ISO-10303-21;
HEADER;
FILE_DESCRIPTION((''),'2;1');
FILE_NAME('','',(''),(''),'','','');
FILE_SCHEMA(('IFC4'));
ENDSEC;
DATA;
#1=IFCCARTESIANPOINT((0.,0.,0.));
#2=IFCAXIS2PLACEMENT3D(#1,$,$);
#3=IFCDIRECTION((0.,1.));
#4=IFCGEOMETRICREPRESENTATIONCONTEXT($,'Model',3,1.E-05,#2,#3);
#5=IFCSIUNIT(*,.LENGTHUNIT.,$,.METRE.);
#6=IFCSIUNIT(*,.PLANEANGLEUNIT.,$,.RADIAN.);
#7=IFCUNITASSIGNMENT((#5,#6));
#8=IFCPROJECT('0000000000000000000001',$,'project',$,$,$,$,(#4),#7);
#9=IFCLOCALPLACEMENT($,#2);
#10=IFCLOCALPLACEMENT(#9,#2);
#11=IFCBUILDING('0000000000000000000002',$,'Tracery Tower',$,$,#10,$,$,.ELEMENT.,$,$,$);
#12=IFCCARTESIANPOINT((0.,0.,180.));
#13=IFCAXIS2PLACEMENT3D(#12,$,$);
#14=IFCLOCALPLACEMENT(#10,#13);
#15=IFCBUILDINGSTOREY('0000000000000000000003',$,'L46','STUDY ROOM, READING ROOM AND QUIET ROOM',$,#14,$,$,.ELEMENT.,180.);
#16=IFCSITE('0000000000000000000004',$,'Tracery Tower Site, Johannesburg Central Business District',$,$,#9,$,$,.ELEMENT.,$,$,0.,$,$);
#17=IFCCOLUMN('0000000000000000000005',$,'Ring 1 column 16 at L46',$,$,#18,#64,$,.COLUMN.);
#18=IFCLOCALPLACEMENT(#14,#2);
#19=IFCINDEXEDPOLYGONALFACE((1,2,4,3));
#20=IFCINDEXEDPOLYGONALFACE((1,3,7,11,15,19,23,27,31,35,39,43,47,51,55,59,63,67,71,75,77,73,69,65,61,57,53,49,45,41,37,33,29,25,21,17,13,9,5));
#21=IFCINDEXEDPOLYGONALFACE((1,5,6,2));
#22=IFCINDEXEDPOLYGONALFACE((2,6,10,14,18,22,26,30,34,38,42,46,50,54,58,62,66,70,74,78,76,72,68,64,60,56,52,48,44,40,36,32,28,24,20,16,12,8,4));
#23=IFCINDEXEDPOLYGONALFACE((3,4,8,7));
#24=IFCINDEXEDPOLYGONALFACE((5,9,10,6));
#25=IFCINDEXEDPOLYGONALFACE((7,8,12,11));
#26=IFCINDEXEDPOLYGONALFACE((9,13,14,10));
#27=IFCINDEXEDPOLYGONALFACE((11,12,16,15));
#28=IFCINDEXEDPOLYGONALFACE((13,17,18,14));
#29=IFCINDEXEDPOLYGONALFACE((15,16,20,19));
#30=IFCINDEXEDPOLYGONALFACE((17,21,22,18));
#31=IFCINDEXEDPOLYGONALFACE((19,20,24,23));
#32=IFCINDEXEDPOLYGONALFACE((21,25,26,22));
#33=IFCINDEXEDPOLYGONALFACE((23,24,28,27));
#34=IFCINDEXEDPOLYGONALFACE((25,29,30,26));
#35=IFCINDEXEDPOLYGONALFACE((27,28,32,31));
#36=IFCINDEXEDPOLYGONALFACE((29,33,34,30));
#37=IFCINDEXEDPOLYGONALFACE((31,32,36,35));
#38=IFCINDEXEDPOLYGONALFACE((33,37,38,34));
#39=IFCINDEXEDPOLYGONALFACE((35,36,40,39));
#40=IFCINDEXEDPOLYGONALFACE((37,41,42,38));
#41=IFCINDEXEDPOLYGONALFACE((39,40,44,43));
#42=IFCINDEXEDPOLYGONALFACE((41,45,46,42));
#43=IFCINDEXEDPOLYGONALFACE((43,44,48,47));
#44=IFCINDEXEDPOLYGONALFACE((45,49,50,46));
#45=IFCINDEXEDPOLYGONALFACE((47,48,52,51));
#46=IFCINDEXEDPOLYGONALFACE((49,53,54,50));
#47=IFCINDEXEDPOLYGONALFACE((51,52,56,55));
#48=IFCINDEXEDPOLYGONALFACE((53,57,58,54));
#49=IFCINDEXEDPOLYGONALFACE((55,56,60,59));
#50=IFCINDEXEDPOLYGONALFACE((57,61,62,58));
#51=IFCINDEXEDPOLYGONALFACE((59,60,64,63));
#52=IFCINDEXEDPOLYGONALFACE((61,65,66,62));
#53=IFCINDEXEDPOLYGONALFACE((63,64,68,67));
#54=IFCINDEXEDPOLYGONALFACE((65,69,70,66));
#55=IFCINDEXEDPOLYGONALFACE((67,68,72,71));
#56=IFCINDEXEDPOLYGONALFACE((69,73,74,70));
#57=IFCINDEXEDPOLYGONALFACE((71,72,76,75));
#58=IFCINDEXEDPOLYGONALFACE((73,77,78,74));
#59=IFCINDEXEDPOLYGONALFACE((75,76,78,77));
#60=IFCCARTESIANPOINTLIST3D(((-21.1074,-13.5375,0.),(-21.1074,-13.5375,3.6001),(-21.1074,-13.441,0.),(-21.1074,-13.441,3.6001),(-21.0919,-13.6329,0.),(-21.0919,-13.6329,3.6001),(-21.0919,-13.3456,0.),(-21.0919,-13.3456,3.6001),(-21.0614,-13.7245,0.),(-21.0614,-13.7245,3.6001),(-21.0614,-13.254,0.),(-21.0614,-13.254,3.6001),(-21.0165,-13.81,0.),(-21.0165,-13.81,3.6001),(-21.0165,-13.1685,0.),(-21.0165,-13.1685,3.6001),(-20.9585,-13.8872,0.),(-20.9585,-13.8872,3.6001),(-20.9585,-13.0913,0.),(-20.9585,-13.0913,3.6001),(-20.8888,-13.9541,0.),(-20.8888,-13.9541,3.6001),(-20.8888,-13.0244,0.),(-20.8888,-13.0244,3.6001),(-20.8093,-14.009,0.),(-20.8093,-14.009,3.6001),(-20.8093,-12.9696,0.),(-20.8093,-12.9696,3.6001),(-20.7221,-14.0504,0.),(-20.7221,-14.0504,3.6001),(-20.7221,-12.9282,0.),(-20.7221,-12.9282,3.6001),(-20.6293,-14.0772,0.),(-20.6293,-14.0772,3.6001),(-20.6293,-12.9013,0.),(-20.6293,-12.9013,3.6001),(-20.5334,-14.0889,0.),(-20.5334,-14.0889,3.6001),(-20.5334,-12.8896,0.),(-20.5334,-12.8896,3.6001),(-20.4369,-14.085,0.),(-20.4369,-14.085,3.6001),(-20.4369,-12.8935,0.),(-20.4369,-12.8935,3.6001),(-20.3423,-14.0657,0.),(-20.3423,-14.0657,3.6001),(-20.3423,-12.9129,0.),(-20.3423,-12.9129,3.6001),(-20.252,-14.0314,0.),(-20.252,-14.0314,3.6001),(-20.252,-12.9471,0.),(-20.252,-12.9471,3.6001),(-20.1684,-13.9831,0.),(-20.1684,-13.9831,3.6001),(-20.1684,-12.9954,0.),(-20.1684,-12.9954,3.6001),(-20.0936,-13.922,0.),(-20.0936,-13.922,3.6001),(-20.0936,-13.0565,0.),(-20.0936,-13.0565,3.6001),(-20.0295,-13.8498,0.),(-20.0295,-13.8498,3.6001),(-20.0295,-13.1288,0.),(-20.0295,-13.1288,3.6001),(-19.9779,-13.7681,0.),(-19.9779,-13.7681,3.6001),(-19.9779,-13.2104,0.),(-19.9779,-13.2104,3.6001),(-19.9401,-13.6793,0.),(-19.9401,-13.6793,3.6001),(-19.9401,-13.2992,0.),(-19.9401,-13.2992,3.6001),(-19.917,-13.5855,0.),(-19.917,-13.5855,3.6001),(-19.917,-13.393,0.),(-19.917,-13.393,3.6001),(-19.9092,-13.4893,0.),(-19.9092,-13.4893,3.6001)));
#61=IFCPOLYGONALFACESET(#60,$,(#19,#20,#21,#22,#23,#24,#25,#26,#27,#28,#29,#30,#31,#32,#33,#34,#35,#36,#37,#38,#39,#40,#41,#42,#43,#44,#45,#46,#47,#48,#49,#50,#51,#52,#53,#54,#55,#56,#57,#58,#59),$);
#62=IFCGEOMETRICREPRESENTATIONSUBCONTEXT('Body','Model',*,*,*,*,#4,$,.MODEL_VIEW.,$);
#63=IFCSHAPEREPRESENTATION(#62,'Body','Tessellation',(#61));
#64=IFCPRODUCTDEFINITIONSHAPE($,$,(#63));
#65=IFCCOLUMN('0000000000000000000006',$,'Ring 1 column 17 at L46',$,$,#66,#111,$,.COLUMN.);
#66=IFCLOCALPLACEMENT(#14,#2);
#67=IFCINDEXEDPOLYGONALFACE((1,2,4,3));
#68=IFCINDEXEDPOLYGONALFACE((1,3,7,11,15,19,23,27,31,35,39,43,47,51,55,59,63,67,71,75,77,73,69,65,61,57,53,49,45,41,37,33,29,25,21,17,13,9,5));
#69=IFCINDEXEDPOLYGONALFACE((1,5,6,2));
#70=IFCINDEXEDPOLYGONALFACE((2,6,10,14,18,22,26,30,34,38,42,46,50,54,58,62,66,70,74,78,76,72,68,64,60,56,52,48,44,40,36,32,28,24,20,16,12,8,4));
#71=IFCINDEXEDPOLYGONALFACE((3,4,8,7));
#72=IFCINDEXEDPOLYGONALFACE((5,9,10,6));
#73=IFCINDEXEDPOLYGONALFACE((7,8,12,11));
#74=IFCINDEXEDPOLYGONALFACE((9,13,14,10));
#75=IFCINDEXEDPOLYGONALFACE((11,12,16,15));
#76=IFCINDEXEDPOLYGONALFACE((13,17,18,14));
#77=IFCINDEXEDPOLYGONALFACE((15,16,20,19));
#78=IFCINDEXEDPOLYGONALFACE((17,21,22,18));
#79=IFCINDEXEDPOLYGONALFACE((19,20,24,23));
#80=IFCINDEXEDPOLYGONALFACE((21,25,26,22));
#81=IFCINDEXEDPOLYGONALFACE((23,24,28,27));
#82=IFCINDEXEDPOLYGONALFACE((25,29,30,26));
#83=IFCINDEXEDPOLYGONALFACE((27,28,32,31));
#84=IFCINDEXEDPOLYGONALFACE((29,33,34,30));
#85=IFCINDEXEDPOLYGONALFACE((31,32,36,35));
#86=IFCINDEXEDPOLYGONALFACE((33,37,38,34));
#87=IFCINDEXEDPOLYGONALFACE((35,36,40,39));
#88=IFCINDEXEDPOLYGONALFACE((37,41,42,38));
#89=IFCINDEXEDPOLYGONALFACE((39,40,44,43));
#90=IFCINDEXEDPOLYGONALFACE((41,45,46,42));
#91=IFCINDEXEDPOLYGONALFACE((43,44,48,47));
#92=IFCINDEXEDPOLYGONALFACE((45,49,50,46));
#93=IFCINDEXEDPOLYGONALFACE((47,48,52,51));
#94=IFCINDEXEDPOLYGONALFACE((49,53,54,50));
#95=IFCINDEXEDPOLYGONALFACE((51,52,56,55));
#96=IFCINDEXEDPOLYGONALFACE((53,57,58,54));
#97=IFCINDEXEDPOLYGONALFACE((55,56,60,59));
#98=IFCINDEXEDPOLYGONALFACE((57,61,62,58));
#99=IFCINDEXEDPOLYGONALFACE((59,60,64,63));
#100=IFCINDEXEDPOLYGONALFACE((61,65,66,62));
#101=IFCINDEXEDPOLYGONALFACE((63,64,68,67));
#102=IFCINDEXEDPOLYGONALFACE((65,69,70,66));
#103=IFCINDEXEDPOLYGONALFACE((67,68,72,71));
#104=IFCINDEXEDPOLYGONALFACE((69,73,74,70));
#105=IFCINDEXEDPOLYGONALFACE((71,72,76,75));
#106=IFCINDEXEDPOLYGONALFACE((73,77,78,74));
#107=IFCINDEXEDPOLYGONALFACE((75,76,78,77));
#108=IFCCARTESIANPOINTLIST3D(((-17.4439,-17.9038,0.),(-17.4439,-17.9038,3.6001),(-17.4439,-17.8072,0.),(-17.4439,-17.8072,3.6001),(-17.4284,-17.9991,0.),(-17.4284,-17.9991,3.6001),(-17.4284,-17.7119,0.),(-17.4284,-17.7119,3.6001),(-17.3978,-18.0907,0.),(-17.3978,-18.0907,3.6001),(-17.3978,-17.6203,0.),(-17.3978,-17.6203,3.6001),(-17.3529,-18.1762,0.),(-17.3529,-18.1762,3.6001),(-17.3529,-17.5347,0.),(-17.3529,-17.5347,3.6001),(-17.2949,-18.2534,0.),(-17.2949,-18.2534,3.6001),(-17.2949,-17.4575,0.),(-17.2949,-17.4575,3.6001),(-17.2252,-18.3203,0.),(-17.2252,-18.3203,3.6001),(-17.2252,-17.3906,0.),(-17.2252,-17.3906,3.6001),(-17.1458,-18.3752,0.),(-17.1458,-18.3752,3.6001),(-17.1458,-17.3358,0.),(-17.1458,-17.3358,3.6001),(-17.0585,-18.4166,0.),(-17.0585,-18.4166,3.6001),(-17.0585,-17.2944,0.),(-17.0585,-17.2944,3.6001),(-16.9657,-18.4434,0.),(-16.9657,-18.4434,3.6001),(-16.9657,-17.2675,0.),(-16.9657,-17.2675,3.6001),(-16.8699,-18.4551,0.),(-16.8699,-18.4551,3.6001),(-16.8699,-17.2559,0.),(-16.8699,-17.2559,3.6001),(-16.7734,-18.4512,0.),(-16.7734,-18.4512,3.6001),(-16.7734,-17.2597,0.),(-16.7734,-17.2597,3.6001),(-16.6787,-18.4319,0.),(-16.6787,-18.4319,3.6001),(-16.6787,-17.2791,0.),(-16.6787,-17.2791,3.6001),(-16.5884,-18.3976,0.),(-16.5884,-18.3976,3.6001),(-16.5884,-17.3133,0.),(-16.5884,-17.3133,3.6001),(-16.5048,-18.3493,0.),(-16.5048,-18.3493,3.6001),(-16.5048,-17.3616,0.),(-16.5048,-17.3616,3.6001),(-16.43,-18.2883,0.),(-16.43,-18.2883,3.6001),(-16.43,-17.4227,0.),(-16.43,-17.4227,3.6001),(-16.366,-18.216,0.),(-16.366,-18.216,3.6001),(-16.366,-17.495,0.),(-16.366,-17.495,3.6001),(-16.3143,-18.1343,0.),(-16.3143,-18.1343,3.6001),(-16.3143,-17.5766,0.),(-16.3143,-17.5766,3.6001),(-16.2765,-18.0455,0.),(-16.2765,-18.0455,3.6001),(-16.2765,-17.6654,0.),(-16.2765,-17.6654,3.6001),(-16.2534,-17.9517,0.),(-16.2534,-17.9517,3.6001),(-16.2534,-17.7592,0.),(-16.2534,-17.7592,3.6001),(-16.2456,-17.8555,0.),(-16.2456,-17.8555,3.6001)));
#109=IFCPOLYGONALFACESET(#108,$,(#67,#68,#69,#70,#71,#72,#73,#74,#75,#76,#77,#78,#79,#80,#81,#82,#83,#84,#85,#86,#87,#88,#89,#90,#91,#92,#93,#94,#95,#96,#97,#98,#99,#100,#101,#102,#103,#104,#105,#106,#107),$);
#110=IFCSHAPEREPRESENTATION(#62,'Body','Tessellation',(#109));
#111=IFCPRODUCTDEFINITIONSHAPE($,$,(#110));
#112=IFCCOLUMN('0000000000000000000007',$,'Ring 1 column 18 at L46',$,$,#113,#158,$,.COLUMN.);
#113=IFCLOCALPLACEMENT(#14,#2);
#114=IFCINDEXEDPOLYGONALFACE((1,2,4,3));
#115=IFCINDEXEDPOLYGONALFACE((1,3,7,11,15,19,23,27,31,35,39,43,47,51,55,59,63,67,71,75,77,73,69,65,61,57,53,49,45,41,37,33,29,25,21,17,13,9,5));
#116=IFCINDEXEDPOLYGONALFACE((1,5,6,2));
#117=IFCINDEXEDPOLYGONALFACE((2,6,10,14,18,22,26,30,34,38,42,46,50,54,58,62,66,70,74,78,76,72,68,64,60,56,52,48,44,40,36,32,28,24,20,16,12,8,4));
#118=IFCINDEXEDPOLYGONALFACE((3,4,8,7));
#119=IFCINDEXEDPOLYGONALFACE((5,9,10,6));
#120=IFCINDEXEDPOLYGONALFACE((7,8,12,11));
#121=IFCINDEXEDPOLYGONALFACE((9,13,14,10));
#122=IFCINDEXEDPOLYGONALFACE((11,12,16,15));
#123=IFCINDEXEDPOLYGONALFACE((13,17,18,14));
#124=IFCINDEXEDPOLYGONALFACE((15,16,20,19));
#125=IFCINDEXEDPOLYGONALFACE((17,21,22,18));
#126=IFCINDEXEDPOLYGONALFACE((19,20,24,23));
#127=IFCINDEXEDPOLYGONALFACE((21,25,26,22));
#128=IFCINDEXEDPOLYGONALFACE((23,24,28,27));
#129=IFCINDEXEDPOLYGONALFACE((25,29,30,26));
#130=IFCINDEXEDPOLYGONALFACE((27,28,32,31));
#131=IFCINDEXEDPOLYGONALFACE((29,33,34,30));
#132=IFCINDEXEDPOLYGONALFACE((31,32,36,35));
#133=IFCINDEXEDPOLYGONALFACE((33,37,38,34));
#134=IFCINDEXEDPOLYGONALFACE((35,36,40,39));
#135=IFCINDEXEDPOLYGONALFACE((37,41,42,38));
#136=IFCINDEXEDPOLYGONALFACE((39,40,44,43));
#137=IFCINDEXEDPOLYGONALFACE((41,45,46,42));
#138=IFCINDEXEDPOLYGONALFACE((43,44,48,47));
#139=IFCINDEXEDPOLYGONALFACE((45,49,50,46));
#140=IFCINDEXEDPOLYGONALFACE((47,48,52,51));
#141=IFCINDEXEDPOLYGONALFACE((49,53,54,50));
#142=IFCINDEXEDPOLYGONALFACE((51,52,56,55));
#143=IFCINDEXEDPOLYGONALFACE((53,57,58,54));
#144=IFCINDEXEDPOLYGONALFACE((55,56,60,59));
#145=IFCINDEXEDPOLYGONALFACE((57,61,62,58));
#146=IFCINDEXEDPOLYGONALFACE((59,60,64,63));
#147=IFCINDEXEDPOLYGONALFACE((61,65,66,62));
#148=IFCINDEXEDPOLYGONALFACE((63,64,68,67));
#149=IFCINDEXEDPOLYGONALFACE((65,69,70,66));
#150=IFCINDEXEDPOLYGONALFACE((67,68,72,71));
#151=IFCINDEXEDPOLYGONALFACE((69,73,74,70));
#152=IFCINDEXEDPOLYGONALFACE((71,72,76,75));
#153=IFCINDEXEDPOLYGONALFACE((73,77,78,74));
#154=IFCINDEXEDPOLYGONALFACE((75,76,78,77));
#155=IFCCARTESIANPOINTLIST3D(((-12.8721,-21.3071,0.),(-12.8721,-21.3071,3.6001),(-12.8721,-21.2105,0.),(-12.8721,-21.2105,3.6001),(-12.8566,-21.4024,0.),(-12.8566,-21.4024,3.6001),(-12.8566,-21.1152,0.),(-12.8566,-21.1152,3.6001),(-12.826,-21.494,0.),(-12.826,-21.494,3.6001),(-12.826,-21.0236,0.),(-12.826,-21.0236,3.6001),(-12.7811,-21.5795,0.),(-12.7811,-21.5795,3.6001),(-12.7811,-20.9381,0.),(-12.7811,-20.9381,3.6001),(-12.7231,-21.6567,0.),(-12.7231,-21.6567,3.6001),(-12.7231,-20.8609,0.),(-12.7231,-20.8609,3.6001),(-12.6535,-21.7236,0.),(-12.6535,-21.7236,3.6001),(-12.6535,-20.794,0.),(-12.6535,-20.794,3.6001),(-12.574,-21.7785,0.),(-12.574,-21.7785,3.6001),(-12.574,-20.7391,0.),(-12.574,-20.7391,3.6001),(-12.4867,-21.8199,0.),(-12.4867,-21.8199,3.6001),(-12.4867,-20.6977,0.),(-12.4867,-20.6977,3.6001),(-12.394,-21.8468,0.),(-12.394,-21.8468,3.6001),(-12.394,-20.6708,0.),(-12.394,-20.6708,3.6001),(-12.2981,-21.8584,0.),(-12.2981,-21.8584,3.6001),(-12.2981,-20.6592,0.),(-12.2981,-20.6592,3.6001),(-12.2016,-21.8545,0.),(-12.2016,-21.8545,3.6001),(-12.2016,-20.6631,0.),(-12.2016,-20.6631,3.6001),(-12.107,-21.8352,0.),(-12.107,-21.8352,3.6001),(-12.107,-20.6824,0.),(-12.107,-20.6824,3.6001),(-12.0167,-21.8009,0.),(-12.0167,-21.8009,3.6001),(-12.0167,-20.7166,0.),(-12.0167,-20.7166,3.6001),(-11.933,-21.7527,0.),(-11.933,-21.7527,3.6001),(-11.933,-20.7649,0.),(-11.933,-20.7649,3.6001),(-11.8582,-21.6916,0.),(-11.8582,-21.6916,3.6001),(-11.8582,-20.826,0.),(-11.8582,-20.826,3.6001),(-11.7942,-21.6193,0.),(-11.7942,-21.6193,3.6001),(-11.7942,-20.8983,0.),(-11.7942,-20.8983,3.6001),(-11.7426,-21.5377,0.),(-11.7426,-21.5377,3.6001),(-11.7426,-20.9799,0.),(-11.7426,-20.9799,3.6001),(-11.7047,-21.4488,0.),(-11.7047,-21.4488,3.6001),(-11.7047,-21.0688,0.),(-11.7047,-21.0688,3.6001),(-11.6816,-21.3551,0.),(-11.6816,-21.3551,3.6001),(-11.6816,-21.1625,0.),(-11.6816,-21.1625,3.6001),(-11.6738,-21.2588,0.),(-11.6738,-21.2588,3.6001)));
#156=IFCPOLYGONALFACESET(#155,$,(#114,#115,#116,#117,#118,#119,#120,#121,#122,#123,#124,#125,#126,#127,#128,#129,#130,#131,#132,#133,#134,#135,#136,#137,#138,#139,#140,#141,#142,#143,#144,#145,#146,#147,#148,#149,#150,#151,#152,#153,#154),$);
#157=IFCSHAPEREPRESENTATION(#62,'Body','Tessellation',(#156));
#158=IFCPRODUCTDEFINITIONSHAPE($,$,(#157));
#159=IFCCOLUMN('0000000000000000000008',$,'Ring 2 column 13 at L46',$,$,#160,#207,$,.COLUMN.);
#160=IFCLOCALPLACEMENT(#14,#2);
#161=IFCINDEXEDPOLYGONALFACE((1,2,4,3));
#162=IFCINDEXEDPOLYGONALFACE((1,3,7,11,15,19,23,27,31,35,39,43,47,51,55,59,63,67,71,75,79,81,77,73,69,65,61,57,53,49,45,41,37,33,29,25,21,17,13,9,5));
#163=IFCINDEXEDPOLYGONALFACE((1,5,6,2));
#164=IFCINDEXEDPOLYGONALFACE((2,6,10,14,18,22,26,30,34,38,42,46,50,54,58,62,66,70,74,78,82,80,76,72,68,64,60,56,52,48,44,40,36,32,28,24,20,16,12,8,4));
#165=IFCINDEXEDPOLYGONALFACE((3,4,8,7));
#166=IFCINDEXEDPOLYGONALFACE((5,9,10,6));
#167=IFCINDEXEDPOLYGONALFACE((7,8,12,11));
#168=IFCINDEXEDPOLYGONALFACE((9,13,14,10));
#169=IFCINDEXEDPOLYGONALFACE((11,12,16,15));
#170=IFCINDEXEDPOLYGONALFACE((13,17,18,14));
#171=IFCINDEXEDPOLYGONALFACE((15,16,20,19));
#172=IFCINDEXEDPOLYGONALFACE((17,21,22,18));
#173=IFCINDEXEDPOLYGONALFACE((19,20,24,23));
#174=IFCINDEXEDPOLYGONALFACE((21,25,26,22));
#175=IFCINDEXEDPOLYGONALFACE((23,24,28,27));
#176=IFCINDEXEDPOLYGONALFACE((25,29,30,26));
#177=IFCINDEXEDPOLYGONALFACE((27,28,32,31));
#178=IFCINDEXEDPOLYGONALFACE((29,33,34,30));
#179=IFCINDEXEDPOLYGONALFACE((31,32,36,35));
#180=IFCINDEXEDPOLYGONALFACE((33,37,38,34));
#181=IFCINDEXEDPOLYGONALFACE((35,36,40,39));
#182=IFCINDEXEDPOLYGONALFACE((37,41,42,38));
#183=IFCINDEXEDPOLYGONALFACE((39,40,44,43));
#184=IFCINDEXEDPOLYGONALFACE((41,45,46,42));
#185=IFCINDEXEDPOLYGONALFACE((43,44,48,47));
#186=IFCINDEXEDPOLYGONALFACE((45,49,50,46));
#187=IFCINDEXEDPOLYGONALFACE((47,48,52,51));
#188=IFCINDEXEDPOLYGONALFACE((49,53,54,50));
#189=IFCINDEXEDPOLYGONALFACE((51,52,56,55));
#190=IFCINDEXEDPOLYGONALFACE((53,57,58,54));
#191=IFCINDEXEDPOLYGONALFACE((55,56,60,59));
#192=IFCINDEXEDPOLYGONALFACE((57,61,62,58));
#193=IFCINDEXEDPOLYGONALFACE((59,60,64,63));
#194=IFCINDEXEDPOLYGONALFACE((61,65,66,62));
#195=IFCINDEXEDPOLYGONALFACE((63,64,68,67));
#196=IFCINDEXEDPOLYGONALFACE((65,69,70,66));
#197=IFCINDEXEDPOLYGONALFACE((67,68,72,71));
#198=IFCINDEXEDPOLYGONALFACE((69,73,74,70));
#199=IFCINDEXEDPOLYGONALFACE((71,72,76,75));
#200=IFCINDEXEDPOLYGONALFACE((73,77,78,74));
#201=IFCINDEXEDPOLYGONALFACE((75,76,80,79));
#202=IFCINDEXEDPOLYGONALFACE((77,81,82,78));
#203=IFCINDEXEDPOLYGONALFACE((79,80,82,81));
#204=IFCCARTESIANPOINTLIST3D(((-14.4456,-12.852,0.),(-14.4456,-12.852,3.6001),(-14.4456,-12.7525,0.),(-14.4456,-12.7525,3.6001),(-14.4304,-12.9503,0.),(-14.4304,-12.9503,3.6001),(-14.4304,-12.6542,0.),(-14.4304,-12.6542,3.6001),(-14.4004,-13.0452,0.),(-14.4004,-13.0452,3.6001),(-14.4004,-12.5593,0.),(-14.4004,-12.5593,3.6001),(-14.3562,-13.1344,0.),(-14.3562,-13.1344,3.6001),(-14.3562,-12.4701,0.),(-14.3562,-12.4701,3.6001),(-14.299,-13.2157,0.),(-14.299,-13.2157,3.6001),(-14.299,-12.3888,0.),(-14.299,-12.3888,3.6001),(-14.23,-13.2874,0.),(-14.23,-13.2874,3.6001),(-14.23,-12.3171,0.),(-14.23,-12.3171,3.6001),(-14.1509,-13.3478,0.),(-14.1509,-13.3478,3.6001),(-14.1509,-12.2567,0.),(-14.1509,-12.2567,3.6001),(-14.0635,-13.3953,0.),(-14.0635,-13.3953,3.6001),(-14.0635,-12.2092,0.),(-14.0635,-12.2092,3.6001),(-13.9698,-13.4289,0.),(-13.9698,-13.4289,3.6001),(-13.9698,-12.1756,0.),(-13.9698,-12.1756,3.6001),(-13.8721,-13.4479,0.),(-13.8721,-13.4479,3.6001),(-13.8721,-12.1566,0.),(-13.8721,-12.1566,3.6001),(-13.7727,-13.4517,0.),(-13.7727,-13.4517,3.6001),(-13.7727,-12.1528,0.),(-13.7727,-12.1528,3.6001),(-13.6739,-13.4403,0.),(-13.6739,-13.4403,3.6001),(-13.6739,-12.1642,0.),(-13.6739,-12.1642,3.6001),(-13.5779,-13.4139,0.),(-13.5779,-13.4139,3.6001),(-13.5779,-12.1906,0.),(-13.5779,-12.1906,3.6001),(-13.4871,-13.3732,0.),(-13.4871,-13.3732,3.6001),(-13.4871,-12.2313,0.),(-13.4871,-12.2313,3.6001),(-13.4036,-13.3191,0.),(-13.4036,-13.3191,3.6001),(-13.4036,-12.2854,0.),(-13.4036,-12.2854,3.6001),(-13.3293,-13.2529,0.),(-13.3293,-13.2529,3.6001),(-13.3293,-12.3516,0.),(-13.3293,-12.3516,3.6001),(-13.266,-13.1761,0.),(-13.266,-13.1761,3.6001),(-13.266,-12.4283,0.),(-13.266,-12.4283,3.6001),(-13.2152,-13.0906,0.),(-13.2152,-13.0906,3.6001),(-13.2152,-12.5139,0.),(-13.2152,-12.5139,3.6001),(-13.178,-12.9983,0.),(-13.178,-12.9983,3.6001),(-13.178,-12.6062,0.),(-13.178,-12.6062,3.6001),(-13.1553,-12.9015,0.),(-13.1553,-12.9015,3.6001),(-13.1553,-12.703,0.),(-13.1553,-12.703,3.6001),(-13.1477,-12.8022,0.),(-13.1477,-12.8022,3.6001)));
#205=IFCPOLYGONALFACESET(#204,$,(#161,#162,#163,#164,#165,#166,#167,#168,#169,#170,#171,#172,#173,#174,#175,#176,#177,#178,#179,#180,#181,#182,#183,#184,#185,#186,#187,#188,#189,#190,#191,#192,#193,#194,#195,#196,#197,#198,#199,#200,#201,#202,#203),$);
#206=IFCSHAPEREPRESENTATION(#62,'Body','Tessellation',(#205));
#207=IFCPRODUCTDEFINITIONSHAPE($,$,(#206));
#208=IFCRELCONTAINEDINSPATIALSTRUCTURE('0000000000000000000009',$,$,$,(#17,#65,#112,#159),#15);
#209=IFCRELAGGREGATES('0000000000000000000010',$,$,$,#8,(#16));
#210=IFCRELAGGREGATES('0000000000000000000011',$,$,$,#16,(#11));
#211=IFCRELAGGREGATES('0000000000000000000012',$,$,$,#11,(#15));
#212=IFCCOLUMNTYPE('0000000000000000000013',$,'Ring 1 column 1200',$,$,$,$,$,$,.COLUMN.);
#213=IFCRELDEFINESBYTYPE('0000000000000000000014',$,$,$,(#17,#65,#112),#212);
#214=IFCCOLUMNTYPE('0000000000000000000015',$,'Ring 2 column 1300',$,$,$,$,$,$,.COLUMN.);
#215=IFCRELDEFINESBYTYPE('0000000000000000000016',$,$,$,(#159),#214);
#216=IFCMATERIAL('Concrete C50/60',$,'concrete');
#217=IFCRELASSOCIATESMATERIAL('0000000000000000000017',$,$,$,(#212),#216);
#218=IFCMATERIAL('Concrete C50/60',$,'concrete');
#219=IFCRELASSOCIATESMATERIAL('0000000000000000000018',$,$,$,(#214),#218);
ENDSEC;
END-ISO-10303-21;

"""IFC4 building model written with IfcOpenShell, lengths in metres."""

from ifc_helpers import new_model, si_unit, direction, frame, origin, origin_2d, place, context, subcontext, project, spatial, circle, extrude, material, material_profile, profile_set, type_object, element, save


model = new_model("IFC4")

# Units and contexts
model_context = context("Model", 3, precision=1e-05, world=origin(), true_north=direction((0.0, 1.0)))
body_context = subcontext(model_context, "Body", "Model", "MODEL_VIEW")
ifc_project = project(units=[si_unit("LENGTHUNIT", "METRE"), si_unit("PLANEANGLEUNIT", "RADIAN")], contexts=[model_context])

# Site, building, storey
site_placement = place(None, origin())
site = spatial("IfcSite", under=ifc_project, at=site_placement, Name="Tracery Tower Site, Johannesburg Central Business District", CompositionType="ELEMENT", RefElevation=0.0)
building_placement = place(site_placement, origin())
building = spatial("IfcBuilding", under=site, at=building_placement, Name="Tracery Tower", CompositionType="ELEMENT")
storey_placement = place(building_placement, frame((0.0, 0.0, 180.0)))
storey = spatial("IfcBuildingStorey", under=building, at=storey_placement, Name="L46", Description="STUDY ROOM, READING ROOM AND QUIET ROOM", CompositionType="ELEMENT", Elevation=180.0)

# Columns
ifc_material_1 = material(Name="Concrete C50/60", Category="concrete")
ifc_material_profile_1 = material_profile(ifc_material_1, circle(Radius=0.6001, at=origin_2d()), Name="RC D1200")
ifc_profile_set_1 = profile_set([ifc_material_profile_1], Name="Concrete C50/60")
column_type_1 = type_object("IfcColumnType", Name="Ring 1 column 1200", PredefinedType="COLUMN", material=ifc_profile_set_1)
for number, where, z_axis, x_axis, name in (
    (1, (-20.5093, -13.4893, 0.0), (0.0, 0.0, 1.0), (1.0, 0.0, 0.0), "Ring 1 column 16 at L46"),
    (2, (-16.8457, -17.8555, 0.0), (0.0, 0.0, 1.0), (1.0, 0.0, 0.0), "Ring 1 column 17 at L46"),
    (3, (-12.2739, -21.2588, 0.0), (0.0, 0.0, 1.0), (1.0, 0.0, 0.0), "Ring 1 column 18 at L46"),
):
    element("IfcColumn", number, at=place(storey_placement, frame(where, z_axis=z_axis, x_axis=x_axis)), inside=storey, type_object=column_type_1, Name=name, PredefinedType="COLUMN", context=body_context, shape_type="SweptSolid", body=[
        extrude(circle(Radius=0.6001, at=origin_2d()), origin(), (0.0, 0.0, 1.0), 3.6001),
    ])
ifc_material_2 = material(Name="Concrete C50/60", Category="concrete")
ifc_material_profile_2 = material_profile(ifc_material_2, circle(Radius=0.6499, at=origin_2d()), Name="RC D1300")
ifc_profile_set_2 = profile_set([ifc_material_profile_2], Name="Concrete C50/60")
column_type_2 = type_object("IfcColumnType", Name="Ring 2 column 1300", PredefinedType="COLUMN", material=ifc_profile_set_2)
column_placement = place(storey_placement, frame((-13.7976, -12.8022, 0.0), z_axis=(0.0, 0.0, 1.0), x_axis=(1.0, 0.0, 0.0)))
element("IfcColumn", 4, at=column_placement, inside=storey, type_object=column_type_2, Name="Ring 2 column 13 at L46", PredefinedType="COLUMN", context=body_context, shape_type="SweptSolid", body=[
    extrude(circle(Radius=0.6499, at=origin_2d()), origin(), (0.0, 0.0, 1.0), 3.6001),
])

save(model, "model.ifc")
